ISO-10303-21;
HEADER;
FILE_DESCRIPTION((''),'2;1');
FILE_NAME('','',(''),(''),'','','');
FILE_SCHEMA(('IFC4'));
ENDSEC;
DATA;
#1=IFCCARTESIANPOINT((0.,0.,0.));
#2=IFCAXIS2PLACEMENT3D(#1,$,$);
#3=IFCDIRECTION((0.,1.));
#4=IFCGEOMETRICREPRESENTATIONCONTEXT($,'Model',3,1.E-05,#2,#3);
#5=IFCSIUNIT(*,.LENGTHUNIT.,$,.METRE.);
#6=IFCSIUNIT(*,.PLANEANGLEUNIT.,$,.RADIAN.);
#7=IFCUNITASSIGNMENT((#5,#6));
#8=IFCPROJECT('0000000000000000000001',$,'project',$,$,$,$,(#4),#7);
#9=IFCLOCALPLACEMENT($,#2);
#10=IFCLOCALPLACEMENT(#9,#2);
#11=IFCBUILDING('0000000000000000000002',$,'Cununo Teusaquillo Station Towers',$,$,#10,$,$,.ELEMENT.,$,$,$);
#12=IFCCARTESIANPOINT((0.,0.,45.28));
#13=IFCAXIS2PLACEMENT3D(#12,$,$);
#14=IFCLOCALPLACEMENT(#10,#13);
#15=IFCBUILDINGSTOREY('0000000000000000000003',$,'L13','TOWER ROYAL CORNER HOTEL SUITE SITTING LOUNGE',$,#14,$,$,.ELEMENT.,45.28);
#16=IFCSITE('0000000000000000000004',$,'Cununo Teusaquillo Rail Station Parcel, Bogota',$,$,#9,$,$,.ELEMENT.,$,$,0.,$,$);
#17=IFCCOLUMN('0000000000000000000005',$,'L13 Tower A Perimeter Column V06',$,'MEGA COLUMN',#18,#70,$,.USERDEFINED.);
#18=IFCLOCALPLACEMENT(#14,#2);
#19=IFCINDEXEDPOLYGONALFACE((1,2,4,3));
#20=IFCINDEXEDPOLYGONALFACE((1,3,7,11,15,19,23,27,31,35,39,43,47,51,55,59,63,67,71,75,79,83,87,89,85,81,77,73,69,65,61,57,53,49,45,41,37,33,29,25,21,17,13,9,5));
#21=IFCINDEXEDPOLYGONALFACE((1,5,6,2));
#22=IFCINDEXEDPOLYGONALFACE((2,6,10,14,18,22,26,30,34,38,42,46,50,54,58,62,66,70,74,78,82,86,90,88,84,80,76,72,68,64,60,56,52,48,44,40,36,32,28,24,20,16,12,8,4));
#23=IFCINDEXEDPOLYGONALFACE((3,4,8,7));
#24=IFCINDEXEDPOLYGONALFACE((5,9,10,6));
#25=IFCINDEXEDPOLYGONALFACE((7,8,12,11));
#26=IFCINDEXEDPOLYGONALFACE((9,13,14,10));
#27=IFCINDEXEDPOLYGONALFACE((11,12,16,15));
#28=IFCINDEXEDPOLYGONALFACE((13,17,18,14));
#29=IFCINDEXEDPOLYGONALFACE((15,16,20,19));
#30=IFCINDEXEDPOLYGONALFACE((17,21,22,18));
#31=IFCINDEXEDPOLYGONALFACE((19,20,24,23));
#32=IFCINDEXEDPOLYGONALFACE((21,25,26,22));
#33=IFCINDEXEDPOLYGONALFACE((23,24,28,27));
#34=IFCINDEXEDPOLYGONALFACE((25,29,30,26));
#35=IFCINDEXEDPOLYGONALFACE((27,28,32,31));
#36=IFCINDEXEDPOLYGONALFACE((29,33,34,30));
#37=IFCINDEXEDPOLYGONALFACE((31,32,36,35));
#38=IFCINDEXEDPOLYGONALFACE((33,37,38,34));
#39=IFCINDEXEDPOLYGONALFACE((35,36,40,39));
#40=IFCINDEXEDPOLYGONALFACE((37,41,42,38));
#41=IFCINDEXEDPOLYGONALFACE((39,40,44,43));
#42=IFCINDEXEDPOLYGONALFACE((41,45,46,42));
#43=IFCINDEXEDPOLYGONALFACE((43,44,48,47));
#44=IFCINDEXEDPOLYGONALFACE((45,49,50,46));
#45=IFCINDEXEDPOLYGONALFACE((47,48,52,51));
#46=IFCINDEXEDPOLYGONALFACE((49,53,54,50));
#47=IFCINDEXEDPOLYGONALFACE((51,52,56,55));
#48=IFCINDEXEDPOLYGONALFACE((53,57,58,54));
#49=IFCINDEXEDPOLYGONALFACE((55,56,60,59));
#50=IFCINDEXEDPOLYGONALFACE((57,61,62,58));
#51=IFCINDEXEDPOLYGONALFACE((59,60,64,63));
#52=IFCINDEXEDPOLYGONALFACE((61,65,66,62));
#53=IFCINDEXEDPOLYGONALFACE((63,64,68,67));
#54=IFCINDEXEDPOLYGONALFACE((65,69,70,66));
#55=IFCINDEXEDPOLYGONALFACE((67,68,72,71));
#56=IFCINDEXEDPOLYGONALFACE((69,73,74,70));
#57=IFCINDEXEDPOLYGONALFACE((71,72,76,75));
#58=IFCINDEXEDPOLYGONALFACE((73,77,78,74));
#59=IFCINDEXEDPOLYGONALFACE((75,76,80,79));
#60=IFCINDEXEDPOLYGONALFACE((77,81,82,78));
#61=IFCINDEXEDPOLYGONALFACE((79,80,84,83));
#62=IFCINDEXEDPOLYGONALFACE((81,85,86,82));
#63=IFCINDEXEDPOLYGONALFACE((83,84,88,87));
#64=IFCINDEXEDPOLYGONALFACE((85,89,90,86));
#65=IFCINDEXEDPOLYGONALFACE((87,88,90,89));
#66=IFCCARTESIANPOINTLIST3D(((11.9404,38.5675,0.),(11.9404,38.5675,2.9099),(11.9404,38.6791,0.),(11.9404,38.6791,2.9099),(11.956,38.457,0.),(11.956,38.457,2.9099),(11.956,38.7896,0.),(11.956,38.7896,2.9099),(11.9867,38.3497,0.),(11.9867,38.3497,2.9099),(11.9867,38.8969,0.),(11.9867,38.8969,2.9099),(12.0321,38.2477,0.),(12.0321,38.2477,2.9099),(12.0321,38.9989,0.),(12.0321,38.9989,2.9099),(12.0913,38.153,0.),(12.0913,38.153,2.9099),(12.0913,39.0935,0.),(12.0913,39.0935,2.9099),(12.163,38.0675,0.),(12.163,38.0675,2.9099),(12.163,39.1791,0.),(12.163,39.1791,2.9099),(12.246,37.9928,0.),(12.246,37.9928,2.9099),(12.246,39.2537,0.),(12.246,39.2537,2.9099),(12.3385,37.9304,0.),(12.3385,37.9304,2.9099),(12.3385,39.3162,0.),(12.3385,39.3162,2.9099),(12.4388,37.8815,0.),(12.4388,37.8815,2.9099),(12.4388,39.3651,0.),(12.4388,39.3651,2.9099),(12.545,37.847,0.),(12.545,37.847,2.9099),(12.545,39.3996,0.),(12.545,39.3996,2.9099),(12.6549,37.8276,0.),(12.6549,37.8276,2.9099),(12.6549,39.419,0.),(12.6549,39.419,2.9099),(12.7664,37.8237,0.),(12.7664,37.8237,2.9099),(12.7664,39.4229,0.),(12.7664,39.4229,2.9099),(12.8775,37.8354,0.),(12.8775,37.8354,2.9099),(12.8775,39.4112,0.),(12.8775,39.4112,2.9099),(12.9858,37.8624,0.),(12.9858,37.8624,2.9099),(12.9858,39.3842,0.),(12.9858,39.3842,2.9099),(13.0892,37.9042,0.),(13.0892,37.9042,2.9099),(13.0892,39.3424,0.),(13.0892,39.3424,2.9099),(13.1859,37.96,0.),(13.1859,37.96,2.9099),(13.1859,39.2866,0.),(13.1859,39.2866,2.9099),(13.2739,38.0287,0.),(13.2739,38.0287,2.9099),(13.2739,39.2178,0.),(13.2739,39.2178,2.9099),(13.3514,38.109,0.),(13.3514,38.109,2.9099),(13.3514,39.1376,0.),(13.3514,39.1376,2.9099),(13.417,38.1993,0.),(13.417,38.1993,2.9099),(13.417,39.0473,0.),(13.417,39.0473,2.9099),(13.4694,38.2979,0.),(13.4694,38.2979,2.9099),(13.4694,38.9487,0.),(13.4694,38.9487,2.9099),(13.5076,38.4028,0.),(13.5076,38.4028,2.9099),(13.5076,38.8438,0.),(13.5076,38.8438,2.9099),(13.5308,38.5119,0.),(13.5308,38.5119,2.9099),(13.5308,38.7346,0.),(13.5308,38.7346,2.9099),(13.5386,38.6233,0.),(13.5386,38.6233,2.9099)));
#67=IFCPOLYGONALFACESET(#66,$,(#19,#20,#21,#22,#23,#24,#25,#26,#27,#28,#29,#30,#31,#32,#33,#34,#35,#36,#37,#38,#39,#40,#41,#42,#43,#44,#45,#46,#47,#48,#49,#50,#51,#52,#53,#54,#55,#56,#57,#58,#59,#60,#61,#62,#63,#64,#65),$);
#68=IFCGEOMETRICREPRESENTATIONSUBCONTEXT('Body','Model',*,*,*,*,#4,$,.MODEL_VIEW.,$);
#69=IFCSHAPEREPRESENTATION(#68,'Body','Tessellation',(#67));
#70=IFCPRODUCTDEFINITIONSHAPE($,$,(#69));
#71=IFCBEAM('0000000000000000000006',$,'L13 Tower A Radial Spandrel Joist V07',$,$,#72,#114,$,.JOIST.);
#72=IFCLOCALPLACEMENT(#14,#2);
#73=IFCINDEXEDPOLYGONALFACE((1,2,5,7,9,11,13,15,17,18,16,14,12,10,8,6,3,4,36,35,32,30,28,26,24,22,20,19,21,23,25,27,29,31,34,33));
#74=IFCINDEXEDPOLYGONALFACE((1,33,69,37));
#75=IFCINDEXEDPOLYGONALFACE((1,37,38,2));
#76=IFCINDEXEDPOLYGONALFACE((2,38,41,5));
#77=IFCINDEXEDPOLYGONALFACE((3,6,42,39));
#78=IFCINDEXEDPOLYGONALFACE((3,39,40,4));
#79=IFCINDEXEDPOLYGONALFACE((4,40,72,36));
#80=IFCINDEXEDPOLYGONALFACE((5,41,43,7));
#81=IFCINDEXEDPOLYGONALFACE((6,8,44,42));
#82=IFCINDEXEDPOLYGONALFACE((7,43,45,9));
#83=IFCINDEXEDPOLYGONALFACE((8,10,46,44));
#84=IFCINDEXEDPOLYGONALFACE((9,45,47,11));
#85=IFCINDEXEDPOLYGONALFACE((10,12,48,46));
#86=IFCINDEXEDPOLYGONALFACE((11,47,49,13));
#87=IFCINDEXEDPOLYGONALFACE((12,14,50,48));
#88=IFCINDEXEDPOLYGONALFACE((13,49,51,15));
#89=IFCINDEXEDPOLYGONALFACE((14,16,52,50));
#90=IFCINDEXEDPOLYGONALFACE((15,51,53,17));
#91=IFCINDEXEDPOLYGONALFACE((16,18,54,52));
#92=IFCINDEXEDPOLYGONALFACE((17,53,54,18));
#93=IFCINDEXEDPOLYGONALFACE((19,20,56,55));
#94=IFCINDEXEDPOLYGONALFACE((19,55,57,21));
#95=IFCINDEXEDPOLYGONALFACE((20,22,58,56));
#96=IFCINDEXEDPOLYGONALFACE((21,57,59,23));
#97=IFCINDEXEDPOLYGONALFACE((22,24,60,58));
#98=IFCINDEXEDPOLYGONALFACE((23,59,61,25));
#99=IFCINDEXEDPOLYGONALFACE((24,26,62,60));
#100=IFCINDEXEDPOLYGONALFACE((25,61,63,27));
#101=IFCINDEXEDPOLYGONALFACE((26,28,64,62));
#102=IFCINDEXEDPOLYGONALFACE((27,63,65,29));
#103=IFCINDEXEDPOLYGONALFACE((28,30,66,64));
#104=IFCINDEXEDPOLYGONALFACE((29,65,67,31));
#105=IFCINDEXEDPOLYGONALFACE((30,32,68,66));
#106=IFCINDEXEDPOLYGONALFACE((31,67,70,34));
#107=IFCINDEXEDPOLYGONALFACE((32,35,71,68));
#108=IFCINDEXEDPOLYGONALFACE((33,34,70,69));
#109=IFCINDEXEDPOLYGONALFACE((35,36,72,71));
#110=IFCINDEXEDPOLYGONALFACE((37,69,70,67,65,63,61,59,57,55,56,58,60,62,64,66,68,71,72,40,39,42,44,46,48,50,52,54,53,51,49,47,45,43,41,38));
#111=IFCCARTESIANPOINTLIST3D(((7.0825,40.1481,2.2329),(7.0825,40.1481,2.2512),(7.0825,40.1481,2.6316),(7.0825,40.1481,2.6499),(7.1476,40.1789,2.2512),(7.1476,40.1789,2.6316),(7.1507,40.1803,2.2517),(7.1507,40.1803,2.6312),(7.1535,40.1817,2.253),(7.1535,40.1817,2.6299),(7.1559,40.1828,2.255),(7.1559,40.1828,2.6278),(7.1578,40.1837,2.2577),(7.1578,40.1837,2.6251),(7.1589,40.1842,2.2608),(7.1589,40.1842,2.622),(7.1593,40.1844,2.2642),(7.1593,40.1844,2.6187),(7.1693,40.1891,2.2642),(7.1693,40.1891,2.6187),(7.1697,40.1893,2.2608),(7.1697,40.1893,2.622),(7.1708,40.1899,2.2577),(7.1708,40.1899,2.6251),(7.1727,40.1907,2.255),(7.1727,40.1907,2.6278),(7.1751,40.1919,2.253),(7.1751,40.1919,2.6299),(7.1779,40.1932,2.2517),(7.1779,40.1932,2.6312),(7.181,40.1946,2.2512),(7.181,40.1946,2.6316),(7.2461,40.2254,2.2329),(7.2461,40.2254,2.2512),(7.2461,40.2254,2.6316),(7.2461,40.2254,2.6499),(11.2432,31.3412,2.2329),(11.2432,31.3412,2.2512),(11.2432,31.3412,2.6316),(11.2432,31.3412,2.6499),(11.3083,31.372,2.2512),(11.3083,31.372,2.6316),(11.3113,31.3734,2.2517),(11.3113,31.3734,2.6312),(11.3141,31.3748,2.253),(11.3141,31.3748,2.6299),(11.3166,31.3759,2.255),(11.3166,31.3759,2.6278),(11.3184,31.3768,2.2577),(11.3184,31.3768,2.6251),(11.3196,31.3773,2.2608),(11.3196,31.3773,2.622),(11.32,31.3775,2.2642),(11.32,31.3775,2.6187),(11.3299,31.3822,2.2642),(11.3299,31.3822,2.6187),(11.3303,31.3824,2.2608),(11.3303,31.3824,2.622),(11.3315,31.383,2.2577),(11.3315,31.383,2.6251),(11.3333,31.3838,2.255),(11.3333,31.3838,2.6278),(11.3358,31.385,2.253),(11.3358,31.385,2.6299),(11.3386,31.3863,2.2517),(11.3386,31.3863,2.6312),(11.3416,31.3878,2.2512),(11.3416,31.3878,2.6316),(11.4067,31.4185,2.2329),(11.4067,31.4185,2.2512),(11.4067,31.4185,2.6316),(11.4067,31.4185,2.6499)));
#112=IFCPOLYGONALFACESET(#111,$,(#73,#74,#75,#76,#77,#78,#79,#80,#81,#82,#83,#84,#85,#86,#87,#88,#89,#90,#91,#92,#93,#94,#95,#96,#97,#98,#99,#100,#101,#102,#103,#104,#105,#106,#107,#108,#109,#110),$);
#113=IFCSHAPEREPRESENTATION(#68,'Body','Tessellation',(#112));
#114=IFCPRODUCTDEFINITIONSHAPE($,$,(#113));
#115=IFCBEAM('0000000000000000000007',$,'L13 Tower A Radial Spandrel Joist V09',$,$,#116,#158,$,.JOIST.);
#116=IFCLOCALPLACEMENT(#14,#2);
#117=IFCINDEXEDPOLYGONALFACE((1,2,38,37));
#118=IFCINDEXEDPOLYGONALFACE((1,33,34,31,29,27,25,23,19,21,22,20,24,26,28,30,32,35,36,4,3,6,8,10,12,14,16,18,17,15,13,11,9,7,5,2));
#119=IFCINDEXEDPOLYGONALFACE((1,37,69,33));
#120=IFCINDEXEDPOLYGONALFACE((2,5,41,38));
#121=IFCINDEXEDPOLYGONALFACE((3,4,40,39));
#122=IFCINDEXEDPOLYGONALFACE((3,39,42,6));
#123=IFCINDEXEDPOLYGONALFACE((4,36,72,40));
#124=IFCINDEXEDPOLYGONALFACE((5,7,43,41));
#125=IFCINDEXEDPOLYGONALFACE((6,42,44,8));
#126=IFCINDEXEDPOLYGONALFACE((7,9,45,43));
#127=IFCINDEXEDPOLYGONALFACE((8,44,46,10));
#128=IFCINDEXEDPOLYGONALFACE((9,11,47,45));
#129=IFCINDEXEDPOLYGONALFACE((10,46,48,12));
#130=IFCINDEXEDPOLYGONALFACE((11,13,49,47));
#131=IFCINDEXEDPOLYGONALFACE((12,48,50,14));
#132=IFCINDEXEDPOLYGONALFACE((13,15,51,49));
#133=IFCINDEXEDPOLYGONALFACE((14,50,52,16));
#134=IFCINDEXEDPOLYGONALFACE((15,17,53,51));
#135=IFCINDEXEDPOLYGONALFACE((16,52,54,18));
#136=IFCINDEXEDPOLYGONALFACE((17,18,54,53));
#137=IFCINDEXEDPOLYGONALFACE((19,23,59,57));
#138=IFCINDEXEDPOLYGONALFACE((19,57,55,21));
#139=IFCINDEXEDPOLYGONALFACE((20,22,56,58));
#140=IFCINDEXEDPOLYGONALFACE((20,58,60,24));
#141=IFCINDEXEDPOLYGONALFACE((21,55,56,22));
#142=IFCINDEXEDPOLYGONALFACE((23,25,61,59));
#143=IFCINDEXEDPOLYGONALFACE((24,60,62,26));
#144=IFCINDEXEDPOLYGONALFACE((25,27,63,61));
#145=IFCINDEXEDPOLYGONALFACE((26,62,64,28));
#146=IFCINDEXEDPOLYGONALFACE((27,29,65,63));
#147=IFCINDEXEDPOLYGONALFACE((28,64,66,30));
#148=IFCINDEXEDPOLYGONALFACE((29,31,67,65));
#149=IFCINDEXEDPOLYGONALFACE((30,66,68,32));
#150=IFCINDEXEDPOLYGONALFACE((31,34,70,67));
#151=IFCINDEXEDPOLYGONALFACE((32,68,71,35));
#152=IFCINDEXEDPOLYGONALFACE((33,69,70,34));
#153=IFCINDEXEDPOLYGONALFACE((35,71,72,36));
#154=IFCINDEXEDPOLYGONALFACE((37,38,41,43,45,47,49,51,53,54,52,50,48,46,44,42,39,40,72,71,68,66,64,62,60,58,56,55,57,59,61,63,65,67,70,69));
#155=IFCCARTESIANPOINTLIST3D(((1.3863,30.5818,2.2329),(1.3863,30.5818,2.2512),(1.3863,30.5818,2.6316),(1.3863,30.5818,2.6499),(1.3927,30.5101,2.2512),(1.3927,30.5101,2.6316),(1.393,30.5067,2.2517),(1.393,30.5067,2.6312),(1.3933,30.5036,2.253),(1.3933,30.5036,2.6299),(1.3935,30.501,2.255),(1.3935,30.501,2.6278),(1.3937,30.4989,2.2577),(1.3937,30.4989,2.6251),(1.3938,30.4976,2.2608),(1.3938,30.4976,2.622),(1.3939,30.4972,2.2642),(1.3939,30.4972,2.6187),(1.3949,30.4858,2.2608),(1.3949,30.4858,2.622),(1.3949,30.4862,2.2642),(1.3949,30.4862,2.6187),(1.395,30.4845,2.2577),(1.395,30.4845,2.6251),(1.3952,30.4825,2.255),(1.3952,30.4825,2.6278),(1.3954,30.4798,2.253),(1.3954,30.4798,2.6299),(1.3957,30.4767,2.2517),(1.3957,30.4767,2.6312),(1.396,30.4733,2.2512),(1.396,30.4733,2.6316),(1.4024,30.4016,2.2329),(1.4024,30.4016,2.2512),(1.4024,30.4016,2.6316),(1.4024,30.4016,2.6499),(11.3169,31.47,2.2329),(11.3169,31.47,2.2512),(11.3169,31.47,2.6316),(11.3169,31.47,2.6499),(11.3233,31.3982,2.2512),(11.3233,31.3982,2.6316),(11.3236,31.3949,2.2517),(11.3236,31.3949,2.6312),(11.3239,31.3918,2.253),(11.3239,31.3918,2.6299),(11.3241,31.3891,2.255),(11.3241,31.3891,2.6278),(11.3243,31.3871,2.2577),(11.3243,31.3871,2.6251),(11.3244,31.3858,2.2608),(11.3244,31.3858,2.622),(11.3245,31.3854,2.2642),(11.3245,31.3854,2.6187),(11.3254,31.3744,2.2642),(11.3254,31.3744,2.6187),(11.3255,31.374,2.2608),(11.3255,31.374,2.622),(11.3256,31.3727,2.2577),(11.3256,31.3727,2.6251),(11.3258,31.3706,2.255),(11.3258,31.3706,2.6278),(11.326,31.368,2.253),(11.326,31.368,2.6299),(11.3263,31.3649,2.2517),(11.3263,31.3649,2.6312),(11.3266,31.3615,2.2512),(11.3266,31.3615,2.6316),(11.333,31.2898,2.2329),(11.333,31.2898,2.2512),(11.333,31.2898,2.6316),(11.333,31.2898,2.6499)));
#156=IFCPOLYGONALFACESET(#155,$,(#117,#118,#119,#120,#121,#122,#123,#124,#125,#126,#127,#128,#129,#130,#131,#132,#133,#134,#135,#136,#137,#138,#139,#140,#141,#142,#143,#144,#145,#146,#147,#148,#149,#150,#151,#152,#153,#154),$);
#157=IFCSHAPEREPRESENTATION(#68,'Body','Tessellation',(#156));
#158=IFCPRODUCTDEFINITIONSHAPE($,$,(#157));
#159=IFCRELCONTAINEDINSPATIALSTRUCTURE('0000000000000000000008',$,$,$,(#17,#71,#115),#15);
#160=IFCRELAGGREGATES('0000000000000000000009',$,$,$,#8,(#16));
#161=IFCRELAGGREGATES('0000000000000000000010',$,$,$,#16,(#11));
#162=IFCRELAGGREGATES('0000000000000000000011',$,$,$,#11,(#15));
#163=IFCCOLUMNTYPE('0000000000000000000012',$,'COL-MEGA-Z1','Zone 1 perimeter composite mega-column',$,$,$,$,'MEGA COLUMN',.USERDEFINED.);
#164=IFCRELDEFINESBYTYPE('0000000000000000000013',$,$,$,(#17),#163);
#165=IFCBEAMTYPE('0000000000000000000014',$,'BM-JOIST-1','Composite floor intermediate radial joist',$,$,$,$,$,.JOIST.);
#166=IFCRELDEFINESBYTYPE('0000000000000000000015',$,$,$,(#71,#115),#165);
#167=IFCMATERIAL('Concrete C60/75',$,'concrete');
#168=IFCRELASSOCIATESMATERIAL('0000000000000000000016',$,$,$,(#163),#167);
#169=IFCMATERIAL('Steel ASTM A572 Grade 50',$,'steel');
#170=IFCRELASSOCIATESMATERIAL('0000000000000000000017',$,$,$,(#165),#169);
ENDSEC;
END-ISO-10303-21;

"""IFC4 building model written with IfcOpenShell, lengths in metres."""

from ifc_helpers import new_model, si_unit, direction, frame, origin, origin_2d, place, context, subcontext, project, spatial, circle, i_section, extrude, material, material_profile, profile_set, type_object, element, save


model = new_model("IFC4")

# Units and contexts
model_context = context("Model", 3, precision=1e-05, world=origin(), true_north=direction((0.0, 1.0)))
body_context = subcontext(model_context, "Body", "Model", "MODEL_VIEW")
ifc_project = project(units=[si_unit("LENGTHUNIT", "METRE"), si_unit("PLANEANGLEUNIT", "RADIAN")], contexts=[model_context])

# Site, building, storey
site_placement = place(None, origin())
site = spatial("IfcSite", under=ifc_project, at=site_placement, Name="Cununo Teusaquillo Rail Station Parcel, Bogota", CompositionType="ELEMENT", RefElevation=0.0)
building_placement = place(site_placement, origin())
building = spatial("IfcBuilding", under=site, at=building_placement, Name="Cununo Teusaquillo Station Towers", CompositionType="ELEMENT")
storey_placement = place(building_placement, frame((0.0, 0.0, 45.28)))
storey = spatial("IfcBuildingStorey", under=building, at=storey_placement, Name="L13", Description="TOWER ROYAL CORNER HOTEL SUITE SITTING LOUNGE", CompositionType="ELEMENT", Elevation=45.28)

# Column
ifc_material_1 = material(Name="Concrete C60/75", Category="concrete")
ifc_material_profile_1 = material_profile(ifc_material_1, circle(Radius=0.8, at=origin_2d()), Name="RC-CIRC-1600")
ifc_profile_set_1 = profile_set([ifc_material_profile_1], Name="Concrete C60/75")
column_type = type_object("IfcColumnType", Name="COL-MEGA-Z1", Description="Zone 1 perimeter composite mega-column", ElementType="MEGA COLUMN", PredefinedType="USERDEFINED", material=ifc_profile_set_1)
column_placement = place(storey_placement, frame((12.7385, 38.6233, 0.0), z_axis=(0.0, 0.0, 1.0), x_axis=(1.0, 0.0, 0.0)))
element("IfcColumn", 1, at=column_placement, inside=storey, type_object=column_type, Name="L13 Tower A Perimeter Column V06", ObjectType="MEGA COLUMN", PredefinedType="USERDEFINED", context=body_context, shape_type="SweptSolid", body=[
    extrude(circle(Radius=0.8, at=origin_2d()), origin(), (0.0, 0.0, 1.0), 2.9099),
])

# Beams
ifc_material_2 = material(Name="Steel ASTM A572 Grade 50", Category="steel")
ifc_material_profile_2 = material_profile(ifc_material_2, i_section(OverallWidth=0.1809, OverallDepth=0.417, WebThickness=0.011, FlangeThickness=0.0183, FilletRadius=0.0129, at=origin_2d()), Name="W16X57")
ifc_profile_set_2 = profile_set([ifc_material_profile_2], Name="Steel ASTM A572 Grade 50")
beam_type_1 = type_object("IfcBeamType", Name="BM-JOIST-1", Description="Composite floor intermediate radial joist", PredefinedType="JOIST", material=ifc_profile_set_2)
beam_1_placement = place(storey_placement, frame((11.325, 31.3799, 2.4414), z_axis=(-0.427161, 0.904176, 0.0), x_axis=(-0.904176, -0.427161, 0.0)))
element("IfcBeam", 2, at=beam_1_placement, inside=storey, type_object=beam_type_1, Name="L13 Tower A Radial Spandrel Joist V07", PredefinedType="JOIST", context=body_context, shape_type="SweptSolid", body=[
    extrude(i_section(OverallWidth=0.1809, OverallDepth=0.417, WebThickness=0.011, FlangeThickness=0.0183, FilletRadius=0.0129, at=origin_2d()), origin(), (0.0, 0.0, 1.0), 9.7402),
])
beam_2_placement = place(storey_placement, frame((11.325, 31.3799, 2.4414), z_axis=(-0.996024, -0.089083, 0.0), x_axis=(0.089083, -0.996024, 0.0)))
element("IfcBeam", 3, at=beam_2_placement, inside=storey, type_object=beam_type_1, Name="L13 Tower A Radial Spandrel Joist V09", PredefinedType="JOIST", context=body_context, shape_type="SweptSolid", body=[
    extrude(i_section(OverallWidth=0.1809, OverallDepth=0.417, WebThickness=0.011, FlangeThickness=0.0183, FilletRadius=0.0129, at=origin_2d()), origin(), (0.0, 0.0, 1.0), 9.9702),
])

save(model, "model.ifc")
